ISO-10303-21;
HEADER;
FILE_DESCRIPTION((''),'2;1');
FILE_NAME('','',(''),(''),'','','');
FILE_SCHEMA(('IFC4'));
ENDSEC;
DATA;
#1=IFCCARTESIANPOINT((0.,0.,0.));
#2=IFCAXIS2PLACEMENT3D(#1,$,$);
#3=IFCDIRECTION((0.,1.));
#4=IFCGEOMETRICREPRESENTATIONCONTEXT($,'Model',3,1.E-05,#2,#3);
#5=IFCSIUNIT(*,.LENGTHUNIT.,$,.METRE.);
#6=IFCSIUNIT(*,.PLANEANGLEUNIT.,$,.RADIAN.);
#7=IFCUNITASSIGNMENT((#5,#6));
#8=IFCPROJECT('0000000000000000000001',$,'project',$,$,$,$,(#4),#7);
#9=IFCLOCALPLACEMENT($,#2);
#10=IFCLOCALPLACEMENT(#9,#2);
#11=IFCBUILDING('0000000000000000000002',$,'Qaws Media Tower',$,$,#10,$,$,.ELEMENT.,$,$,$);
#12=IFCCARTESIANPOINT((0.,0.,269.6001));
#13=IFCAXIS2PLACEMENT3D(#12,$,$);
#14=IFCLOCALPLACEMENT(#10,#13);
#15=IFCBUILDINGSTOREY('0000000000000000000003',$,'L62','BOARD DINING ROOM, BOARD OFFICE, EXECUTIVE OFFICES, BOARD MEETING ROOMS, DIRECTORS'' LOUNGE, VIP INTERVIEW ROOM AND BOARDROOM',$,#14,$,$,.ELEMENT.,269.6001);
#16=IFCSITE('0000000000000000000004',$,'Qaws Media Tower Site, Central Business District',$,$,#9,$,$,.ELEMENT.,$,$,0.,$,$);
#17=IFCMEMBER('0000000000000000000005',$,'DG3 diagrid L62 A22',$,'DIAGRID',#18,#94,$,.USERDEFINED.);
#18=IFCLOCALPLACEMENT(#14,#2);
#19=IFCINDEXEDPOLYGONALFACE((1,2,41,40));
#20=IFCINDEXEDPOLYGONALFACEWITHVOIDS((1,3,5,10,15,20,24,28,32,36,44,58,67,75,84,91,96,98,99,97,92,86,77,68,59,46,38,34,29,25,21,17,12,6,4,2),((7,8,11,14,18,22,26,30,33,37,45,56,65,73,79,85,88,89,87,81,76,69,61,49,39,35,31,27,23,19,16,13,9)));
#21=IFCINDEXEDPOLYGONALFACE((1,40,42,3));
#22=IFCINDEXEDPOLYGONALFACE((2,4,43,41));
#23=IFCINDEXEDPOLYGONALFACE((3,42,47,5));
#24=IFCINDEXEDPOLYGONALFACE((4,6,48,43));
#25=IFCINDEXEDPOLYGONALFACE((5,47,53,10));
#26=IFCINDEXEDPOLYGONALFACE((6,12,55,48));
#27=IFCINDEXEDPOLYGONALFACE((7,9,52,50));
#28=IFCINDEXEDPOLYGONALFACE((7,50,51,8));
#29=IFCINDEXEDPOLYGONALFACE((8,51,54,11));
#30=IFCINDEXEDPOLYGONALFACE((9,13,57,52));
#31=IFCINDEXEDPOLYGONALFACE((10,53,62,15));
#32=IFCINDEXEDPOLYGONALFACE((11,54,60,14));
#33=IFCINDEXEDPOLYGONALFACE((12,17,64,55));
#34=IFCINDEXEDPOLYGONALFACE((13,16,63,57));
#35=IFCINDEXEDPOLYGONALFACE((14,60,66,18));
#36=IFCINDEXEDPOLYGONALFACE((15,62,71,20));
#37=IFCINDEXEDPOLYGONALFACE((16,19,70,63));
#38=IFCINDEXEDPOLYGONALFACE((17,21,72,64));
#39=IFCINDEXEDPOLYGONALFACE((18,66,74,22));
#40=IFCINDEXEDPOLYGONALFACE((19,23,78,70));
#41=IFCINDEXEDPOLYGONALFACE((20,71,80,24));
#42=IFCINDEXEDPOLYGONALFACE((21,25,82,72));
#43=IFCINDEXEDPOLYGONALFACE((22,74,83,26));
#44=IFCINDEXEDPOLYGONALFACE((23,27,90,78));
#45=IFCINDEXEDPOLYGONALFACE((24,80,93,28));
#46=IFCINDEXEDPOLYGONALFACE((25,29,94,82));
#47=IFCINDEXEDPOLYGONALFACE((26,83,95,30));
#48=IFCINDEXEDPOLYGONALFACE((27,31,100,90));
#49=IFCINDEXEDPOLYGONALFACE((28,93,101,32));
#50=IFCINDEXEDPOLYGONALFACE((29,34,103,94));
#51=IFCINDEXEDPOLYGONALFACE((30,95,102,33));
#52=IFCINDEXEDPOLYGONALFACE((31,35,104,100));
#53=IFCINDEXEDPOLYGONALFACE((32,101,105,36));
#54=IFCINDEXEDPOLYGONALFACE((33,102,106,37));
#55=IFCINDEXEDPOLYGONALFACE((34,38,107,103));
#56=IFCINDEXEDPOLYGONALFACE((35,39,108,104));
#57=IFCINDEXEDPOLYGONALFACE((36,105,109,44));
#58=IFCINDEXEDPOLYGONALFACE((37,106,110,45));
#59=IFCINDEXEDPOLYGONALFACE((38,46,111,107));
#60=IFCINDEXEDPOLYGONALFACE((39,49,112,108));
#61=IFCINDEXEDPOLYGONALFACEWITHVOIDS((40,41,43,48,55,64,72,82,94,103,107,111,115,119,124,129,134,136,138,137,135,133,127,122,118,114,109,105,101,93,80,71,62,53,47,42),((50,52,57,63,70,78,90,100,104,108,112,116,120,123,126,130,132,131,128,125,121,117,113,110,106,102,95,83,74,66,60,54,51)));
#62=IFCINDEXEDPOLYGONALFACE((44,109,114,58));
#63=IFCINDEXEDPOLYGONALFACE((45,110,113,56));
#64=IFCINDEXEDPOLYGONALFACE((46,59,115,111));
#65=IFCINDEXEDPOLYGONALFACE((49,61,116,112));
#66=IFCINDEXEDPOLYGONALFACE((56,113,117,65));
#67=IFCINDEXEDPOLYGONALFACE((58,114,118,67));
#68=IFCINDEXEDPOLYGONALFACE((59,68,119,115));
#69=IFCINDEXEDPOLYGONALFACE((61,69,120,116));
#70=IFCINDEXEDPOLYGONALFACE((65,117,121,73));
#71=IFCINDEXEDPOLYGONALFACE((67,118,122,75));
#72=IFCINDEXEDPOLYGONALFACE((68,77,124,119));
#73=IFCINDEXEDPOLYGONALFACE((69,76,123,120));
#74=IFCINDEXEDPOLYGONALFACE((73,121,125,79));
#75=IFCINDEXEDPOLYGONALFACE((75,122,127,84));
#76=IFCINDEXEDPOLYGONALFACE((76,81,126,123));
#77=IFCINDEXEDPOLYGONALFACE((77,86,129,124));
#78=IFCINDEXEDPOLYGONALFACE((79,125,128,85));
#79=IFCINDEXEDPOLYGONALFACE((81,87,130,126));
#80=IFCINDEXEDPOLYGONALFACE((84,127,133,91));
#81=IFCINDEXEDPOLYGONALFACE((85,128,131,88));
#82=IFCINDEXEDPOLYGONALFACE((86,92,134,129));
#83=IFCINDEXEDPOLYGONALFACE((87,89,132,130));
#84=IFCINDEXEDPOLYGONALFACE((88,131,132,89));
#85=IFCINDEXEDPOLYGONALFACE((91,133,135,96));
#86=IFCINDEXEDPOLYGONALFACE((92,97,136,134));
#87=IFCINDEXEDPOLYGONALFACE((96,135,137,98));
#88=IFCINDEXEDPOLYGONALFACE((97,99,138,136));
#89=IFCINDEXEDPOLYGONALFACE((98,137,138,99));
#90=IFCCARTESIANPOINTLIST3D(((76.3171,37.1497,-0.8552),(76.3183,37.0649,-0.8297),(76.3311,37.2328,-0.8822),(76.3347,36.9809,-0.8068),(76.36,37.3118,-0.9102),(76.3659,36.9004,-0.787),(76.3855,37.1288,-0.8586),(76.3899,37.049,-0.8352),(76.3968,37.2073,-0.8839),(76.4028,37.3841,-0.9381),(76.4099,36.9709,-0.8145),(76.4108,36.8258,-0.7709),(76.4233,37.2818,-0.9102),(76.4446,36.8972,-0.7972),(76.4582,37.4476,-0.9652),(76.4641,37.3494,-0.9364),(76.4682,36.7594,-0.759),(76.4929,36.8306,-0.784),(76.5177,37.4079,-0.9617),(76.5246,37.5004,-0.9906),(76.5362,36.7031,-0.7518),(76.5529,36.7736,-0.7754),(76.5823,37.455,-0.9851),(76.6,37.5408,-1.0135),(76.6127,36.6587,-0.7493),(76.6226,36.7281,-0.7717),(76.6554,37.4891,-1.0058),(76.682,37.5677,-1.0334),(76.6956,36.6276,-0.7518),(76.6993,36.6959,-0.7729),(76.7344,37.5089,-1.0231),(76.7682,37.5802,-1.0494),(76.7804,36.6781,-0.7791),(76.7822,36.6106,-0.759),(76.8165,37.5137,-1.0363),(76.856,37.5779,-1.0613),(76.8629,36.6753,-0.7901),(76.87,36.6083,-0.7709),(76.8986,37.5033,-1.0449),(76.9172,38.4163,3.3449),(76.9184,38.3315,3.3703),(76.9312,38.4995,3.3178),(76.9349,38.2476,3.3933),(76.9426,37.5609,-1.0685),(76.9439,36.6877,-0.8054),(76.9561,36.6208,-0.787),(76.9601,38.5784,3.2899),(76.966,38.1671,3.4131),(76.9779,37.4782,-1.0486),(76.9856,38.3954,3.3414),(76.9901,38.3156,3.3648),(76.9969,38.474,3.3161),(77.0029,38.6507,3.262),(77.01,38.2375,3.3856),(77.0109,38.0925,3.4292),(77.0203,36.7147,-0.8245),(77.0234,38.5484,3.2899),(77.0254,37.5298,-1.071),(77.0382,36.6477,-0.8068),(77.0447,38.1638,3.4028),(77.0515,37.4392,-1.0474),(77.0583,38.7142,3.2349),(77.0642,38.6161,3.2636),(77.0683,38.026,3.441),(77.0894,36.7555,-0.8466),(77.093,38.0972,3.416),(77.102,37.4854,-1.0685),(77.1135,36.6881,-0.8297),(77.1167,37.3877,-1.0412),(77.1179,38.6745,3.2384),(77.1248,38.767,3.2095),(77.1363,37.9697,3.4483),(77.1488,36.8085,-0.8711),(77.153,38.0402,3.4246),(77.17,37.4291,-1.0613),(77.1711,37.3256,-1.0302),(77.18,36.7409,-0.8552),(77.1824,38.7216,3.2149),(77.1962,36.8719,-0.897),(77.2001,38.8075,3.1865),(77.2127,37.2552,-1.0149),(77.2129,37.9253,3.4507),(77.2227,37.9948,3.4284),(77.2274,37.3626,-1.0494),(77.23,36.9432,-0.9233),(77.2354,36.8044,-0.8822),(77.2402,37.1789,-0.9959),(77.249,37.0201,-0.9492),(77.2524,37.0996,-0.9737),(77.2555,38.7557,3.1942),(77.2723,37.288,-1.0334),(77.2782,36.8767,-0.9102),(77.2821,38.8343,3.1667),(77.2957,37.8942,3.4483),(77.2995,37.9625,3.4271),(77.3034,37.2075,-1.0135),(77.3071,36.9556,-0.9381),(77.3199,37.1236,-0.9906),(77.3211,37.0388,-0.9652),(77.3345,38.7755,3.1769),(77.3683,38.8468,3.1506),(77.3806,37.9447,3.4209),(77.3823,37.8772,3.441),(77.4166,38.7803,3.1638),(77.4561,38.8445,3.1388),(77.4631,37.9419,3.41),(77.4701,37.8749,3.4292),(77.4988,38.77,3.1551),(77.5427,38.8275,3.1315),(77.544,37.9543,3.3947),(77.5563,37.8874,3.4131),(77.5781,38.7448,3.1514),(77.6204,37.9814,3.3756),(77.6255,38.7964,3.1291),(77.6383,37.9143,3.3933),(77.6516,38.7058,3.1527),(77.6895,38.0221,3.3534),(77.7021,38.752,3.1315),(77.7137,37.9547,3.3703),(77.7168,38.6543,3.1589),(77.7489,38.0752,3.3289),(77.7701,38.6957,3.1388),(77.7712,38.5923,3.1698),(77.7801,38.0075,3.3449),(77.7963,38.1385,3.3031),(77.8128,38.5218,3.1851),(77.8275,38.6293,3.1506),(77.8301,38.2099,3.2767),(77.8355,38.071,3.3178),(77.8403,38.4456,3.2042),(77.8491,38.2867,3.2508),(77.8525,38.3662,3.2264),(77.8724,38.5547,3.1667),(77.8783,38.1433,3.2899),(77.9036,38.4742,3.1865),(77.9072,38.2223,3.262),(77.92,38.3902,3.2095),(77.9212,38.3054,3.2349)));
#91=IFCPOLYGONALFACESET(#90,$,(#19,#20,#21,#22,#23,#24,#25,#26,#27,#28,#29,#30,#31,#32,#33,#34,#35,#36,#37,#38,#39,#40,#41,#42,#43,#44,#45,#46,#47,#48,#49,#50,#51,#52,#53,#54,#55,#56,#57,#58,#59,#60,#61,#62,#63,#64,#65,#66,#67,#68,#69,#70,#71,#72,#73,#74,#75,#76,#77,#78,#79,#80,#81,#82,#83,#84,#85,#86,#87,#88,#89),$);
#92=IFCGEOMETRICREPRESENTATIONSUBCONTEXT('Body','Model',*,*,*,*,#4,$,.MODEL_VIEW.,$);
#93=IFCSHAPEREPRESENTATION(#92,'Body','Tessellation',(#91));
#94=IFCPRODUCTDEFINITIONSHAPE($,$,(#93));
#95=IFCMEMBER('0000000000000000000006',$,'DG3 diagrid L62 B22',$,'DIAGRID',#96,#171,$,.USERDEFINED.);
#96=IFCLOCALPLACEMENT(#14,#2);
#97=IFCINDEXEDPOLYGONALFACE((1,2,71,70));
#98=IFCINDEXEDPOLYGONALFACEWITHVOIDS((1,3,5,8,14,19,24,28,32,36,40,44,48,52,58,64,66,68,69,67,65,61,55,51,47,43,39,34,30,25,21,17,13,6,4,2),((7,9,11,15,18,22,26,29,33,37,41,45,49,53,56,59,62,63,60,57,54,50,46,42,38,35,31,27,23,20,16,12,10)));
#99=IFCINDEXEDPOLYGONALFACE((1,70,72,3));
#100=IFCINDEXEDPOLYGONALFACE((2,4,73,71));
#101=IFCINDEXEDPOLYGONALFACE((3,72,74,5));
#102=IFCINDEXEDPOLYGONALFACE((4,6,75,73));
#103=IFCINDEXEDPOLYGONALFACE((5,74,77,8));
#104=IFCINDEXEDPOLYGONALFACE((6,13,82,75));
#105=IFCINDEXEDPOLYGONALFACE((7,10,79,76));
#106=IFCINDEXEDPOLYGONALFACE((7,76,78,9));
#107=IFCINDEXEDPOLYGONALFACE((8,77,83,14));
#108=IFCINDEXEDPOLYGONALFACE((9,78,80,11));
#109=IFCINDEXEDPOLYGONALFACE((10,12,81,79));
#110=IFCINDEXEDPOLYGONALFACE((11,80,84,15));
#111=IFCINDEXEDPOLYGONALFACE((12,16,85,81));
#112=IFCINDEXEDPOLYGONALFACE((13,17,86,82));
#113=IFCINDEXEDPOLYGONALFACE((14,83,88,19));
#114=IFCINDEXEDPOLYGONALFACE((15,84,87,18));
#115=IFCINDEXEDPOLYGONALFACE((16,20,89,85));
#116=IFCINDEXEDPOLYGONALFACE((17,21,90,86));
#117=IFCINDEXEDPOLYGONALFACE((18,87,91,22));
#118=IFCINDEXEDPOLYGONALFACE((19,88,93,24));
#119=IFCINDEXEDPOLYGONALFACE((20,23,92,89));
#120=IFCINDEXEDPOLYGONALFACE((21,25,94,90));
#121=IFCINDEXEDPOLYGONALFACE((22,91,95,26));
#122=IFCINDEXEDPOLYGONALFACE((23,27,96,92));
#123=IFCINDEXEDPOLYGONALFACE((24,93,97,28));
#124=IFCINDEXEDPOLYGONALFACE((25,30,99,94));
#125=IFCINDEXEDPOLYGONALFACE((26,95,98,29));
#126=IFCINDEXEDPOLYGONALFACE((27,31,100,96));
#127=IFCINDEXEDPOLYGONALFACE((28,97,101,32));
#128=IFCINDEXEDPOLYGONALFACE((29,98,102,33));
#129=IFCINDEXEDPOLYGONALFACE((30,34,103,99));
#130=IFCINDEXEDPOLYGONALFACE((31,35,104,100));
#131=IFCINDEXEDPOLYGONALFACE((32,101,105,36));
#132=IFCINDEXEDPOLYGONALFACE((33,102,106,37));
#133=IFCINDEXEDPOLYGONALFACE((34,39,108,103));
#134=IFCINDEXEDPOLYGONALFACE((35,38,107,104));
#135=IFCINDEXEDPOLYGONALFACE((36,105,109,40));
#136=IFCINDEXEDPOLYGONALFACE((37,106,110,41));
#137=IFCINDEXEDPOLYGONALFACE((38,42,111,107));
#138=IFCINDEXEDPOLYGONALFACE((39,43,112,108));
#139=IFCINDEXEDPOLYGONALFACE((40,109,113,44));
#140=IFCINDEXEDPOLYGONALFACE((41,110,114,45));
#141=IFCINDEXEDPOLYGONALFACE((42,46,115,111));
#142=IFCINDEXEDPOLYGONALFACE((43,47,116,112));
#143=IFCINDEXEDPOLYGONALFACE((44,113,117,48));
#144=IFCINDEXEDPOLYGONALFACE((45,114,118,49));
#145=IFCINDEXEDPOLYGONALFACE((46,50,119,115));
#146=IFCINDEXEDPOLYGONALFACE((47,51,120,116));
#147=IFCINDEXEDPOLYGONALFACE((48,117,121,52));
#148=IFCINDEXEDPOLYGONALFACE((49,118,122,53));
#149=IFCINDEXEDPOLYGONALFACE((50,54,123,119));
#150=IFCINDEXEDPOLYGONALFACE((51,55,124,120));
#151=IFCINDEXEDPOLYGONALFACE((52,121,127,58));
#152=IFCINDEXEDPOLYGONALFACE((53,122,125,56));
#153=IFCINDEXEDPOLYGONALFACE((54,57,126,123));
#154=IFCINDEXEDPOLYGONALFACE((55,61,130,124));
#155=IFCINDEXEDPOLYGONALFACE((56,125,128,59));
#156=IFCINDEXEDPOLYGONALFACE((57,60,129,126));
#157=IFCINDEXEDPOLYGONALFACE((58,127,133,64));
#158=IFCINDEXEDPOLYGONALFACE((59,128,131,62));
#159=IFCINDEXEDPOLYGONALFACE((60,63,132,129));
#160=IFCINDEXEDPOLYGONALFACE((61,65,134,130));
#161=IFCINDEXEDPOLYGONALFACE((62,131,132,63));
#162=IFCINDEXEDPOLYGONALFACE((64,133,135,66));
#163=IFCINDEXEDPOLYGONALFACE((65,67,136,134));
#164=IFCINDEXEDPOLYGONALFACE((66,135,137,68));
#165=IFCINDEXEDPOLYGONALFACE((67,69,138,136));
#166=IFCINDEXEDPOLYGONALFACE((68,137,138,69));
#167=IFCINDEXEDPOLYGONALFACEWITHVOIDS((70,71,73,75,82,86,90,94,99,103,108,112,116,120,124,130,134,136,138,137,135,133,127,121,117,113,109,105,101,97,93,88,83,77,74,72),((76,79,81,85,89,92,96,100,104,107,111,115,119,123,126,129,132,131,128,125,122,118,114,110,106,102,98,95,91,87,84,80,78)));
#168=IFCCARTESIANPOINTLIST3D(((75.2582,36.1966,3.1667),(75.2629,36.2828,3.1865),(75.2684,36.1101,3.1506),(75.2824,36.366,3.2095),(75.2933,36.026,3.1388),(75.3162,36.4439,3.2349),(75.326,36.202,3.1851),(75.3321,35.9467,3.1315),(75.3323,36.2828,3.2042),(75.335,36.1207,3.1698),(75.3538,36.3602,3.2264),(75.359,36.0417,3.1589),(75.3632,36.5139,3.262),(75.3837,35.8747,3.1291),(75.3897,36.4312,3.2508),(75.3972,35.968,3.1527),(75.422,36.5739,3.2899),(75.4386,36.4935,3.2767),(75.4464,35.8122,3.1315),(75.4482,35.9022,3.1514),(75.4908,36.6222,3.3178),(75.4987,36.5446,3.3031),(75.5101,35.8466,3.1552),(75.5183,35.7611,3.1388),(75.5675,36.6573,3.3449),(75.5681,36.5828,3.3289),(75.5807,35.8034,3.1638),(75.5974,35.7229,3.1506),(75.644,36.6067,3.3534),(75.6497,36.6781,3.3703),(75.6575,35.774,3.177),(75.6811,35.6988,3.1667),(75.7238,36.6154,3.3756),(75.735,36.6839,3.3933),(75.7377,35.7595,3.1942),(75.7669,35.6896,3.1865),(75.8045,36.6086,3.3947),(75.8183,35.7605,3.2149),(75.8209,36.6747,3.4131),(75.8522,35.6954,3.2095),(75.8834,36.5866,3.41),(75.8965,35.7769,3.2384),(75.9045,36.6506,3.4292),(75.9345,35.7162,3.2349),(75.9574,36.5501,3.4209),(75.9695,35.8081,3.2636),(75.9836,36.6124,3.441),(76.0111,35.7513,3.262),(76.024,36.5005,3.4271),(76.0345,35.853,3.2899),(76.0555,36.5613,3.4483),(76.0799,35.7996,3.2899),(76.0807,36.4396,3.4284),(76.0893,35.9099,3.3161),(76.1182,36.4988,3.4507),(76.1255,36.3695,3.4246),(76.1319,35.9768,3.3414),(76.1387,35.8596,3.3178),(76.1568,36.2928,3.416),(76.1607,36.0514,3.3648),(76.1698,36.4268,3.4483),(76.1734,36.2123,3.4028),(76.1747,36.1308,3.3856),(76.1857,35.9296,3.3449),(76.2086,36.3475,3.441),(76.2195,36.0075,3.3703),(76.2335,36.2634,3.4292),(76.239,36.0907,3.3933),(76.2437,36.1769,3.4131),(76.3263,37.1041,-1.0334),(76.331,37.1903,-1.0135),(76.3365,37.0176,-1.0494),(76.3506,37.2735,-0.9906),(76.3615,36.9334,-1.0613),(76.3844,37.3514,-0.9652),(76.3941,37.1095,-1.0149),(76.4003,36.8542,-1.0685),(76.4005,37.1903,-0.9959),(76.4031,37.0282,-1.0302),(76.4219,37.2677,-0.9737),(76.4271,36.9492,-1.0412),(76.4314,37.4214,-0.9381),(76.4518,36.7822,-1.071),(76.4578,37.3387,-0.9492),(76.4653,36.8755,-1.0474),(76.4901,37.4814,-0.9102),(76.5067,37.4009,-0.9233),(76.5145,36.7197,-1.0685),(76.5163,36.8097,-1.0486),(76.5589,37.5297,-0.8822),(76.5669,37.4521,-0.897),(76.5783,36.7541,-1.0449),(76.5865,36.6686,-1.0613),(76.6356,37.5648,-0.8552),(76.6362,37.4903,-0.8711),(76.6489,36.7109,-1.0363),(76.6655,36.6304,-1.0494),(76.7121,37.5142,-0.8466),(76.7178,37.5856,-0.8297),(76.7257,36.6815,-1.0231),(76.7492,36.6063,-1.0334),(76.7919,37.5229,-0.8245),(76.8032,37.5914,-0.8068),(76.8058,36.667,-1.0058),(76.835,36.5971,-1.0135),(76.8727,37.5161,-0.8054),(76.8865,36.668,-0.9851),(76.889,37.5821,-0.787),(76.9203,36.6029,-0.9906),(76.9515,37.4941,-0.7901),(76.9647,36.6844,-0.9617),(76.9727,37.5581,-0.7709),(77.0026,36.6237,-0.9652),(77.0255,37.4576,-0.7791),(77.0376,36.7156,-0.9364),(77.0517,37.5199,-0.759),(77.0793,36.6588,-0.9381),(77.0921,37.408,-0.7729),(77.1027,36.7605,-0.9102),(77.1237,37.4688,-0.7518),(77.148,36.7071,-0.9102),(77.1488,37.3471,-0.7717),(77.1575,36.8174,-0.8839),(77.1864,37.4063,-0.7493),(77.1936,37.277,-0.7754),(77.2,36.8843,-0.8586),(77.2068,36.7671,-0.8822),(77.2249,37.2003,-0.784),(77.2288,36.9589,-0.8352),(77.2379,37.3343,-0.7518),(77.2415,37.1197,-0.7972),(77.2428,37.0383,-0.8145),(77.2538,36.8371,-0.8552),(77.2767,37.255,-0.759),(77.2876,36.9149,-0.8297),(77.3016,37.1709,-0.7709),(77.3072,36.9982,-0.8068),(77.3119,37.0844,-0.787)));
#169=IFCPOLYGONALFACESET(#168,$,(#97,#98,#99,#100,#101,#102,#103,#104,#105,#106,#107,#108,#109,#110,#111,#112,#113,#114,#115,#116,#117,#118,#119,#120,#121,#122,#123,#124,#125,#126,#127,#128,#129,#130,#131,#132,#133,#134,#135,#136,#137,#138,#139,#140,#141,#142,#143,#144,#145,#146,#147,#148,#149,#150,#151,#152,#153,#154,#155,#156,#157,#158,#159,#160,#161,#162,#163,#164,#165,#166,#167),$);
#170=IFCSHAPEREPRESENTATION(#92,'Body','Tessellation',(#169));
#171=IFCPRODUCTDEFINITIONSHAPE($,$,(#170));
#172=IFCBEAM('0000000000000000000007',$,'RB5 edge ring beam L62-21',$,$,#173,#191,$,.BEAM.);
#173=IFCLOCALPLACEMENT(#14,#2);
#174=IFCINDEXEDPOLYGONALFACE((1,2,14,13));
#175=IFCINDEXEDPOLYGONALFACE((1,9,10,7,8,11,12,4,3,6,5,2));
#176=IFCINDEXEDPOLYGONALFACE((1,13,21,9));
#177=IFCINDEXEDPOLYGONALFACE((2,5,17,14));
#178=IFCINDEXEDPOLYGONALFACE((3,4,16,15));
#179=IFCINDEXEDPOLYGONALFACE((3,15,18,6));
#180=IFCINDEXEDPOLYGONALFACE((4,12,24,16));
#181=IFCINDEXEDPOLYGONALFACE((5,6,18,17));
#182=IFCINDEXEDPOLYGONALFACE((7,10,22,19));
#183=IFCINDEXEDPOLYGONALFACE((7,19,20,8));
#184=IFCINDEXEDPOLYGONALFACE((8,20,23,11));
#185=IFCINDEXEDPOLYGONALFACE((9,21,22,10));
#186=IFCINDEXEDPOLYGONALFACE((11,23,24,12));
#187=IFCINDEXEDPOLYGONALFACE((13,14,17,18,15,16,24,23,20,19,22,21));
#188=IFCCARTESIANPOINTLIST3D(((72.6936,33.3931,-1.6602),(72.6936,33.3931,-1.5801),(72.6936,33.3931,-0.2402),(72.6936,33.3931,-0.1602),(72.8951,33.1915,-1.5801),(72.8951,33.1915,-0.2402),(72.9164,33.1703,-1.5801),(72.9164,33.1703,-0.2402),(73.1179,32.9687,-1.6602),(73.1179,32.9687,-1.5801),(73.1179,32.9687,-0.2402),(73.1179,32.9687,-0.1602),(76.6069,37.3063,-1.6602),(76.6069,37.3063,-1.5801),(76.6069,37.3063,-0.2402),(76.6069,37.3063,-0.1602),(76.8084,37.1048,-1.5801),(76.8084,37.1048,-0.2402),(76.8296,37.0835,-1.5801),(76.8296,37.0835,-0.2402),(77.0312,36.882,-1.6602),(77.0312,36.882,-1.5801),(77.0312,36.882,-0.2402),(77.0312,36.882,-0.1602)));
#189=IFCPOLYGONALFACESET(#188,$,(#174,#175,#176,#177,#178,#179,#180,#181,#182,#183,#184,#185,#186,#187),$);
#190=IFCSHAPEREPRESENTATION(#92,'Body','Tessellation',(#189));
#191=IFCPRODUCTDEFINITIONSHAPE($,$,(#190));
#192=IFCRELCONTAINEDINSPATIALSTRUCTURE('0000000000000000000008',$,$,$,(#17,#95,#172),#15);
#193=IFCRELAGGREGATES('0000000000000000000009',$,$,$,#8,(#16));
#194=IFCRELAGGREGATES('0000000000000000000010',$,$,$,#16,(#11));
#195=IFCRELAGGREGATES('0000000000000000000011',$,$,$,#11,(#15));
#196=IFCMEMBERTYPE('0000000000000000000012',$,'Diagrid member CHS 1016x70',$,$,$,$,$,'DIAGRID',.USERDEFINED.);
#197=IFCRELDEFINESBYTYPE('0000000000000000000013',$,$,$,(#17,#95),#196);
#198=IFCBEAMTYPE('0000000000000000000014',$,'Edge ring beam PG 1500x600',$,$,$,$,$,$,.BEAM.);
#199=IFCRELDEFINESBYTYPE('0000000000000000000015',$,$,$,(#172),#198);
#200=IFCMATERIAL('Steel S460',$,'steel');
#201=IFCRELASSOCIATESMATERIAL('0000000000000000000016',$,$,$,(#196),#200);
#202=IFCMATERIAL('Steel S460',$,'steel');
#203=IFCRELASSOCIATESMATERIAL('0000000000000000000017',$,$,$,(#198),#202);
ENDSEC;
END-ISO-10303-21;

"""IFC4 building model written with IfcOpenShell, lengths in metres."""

from ifc_helpers import new_model, si_unit, direction, frame, origin, origin_2d, place, context, subcontext, project, spatial, hollow_circle, i_section, extrude, material, material_profile, profile_set, type_object, element, save


model = new_model("IFC4")

# Units and contexts
model_context = context("Model", 3, precision=1e-05, world=origin(), true_north=direction((0.0, 1.0)))
body_context = subcontext(model_context, "Body", "Model", "MODEL_VIEW")
ifc_project = project(units=[si_unit("LENGTHUNIT", "METRE"), si_unit("PLANEANGLEUNIT", "RADIAN")], contexts=[model_context])

# Site, building, storey
site_placement = place(None, origin())
site = spatial("IfcSite", under=ifc_project, at=site_placement, Name="Qaws Media Tower Site, Central Business District", CompositionType="ELEMENT", RefElevation=0.0)
building_placement = place(site_placement, origin())
building = spatial("IfcBuilding", under=site, at=building_placement, Name="Qaws Media Tower", CompositionType="ELEMENT")
storey_placement = place(building_placement, frame((0.0, 0.0, 269.6001)))
storey = spatial("IfcBuildingStorey", under=building, at=storey_placement, Name="L62", Description="BOARD DINING ROOM, BOARD OFFICE, EXECUTIVE OFFICES, BOARD MEETING ROOMS, DIRECTORS' LOUNGE, VIP INTERVIEW ROOM AND BOARDROOM", CompositionType="ELEMENT", Elevation=269.6001)

# Members
ifc_material_1 = material(Name="Steel S460", Category="steel")
ifc_material_profile_1 = material_profile(ifc_material_1, hollow_circle(Radius=0.5081, WallThickness=0.0701, at=origin_2d()), Name="CHS 1016x70")
ifc_profile_set_1 = profile_set([ifc_material_profile_1], Name="Steel S460")
member_type_1 = type_object("IfcMemberType", Name="Diagrid member CHS 1016x70", ElementType="DIAGRID", PredefinedType="USERDEFINED", material=ifc_profile_set_1)
for number, where, z_axis, x_axis, name in (
    (1, (76.8191, 37.0942, -0.9102), (0.135534, 0.286067, 0.948576), (-0.903702, 0.428161, 0.0), "DG3 diagrid L62 A22"),
    (2, (76.8191, 37.0942, -0.9102), (-0.241238, -0.204956, 0.948576), (0.647471, -0.76209, 0.0), "DG3 diagrid L62 B22"),
):
    element("IfcMember", number, at=place(storey_placement, frame(where, z_axis=z_axis, x_axis=x_axis)), inside=storey, type_object=member_type_1, Name=name, ObjectType="DIAGRID", PredefinedType="USERDEFINED", context=body_context, shape_type="SweptSolid", body=[
        extrude(hollow_circle(Radius=0.5081, WallThickness=0.0701, at=origin_2d()), origin(), (0.0, 0.0, 1.0), 4.4277),
    ])

# Beam
ifc_material_2 = material(Name="Steel S460", Category="steel")
ifc_material_profile_2 = material_profile(ifc_material_2, i_section(OverallWidth=0.6001, OverallDepth=1.5, WebThickness=0.03, FlangeThickness=0.0801, at=origin_2d()), Name="PG 1500x600")
ifc_profile_set_2 = profile_set([ifc_material_profile_2], Name="Steel S460")
beam_type = type_object("IfcBeamType", Name="Edge ring beam PG 1500x600", PredefinedType="BEAM", material=ifc_profile_set_2)
beam_1_placement = place(storey_placement, frame((72.9058, 33.1809, -0.9102), z_axis=(0.707107, 0.707107, 0.0), x_axis=(-0.707107, 0.707107, 0.0)))
element("IfcBeam", 3, at=beam_1_placement, inside=storey, type_object=beam_type, Name="RB5 edge ring beam L62-21", PredefinedType="BEAM", context=body_context, shape_type="SweptSolid", body=[
    extrude(i_section(OverallWidth=0.6001, OverallDepth=1.5, WebThickness=0.03, FlangeThickness=0.0801, at=origin_2d()), origin(), (0.0, 0.0, 1.0), 5.5342),
])

save(model, "model.ifc")
